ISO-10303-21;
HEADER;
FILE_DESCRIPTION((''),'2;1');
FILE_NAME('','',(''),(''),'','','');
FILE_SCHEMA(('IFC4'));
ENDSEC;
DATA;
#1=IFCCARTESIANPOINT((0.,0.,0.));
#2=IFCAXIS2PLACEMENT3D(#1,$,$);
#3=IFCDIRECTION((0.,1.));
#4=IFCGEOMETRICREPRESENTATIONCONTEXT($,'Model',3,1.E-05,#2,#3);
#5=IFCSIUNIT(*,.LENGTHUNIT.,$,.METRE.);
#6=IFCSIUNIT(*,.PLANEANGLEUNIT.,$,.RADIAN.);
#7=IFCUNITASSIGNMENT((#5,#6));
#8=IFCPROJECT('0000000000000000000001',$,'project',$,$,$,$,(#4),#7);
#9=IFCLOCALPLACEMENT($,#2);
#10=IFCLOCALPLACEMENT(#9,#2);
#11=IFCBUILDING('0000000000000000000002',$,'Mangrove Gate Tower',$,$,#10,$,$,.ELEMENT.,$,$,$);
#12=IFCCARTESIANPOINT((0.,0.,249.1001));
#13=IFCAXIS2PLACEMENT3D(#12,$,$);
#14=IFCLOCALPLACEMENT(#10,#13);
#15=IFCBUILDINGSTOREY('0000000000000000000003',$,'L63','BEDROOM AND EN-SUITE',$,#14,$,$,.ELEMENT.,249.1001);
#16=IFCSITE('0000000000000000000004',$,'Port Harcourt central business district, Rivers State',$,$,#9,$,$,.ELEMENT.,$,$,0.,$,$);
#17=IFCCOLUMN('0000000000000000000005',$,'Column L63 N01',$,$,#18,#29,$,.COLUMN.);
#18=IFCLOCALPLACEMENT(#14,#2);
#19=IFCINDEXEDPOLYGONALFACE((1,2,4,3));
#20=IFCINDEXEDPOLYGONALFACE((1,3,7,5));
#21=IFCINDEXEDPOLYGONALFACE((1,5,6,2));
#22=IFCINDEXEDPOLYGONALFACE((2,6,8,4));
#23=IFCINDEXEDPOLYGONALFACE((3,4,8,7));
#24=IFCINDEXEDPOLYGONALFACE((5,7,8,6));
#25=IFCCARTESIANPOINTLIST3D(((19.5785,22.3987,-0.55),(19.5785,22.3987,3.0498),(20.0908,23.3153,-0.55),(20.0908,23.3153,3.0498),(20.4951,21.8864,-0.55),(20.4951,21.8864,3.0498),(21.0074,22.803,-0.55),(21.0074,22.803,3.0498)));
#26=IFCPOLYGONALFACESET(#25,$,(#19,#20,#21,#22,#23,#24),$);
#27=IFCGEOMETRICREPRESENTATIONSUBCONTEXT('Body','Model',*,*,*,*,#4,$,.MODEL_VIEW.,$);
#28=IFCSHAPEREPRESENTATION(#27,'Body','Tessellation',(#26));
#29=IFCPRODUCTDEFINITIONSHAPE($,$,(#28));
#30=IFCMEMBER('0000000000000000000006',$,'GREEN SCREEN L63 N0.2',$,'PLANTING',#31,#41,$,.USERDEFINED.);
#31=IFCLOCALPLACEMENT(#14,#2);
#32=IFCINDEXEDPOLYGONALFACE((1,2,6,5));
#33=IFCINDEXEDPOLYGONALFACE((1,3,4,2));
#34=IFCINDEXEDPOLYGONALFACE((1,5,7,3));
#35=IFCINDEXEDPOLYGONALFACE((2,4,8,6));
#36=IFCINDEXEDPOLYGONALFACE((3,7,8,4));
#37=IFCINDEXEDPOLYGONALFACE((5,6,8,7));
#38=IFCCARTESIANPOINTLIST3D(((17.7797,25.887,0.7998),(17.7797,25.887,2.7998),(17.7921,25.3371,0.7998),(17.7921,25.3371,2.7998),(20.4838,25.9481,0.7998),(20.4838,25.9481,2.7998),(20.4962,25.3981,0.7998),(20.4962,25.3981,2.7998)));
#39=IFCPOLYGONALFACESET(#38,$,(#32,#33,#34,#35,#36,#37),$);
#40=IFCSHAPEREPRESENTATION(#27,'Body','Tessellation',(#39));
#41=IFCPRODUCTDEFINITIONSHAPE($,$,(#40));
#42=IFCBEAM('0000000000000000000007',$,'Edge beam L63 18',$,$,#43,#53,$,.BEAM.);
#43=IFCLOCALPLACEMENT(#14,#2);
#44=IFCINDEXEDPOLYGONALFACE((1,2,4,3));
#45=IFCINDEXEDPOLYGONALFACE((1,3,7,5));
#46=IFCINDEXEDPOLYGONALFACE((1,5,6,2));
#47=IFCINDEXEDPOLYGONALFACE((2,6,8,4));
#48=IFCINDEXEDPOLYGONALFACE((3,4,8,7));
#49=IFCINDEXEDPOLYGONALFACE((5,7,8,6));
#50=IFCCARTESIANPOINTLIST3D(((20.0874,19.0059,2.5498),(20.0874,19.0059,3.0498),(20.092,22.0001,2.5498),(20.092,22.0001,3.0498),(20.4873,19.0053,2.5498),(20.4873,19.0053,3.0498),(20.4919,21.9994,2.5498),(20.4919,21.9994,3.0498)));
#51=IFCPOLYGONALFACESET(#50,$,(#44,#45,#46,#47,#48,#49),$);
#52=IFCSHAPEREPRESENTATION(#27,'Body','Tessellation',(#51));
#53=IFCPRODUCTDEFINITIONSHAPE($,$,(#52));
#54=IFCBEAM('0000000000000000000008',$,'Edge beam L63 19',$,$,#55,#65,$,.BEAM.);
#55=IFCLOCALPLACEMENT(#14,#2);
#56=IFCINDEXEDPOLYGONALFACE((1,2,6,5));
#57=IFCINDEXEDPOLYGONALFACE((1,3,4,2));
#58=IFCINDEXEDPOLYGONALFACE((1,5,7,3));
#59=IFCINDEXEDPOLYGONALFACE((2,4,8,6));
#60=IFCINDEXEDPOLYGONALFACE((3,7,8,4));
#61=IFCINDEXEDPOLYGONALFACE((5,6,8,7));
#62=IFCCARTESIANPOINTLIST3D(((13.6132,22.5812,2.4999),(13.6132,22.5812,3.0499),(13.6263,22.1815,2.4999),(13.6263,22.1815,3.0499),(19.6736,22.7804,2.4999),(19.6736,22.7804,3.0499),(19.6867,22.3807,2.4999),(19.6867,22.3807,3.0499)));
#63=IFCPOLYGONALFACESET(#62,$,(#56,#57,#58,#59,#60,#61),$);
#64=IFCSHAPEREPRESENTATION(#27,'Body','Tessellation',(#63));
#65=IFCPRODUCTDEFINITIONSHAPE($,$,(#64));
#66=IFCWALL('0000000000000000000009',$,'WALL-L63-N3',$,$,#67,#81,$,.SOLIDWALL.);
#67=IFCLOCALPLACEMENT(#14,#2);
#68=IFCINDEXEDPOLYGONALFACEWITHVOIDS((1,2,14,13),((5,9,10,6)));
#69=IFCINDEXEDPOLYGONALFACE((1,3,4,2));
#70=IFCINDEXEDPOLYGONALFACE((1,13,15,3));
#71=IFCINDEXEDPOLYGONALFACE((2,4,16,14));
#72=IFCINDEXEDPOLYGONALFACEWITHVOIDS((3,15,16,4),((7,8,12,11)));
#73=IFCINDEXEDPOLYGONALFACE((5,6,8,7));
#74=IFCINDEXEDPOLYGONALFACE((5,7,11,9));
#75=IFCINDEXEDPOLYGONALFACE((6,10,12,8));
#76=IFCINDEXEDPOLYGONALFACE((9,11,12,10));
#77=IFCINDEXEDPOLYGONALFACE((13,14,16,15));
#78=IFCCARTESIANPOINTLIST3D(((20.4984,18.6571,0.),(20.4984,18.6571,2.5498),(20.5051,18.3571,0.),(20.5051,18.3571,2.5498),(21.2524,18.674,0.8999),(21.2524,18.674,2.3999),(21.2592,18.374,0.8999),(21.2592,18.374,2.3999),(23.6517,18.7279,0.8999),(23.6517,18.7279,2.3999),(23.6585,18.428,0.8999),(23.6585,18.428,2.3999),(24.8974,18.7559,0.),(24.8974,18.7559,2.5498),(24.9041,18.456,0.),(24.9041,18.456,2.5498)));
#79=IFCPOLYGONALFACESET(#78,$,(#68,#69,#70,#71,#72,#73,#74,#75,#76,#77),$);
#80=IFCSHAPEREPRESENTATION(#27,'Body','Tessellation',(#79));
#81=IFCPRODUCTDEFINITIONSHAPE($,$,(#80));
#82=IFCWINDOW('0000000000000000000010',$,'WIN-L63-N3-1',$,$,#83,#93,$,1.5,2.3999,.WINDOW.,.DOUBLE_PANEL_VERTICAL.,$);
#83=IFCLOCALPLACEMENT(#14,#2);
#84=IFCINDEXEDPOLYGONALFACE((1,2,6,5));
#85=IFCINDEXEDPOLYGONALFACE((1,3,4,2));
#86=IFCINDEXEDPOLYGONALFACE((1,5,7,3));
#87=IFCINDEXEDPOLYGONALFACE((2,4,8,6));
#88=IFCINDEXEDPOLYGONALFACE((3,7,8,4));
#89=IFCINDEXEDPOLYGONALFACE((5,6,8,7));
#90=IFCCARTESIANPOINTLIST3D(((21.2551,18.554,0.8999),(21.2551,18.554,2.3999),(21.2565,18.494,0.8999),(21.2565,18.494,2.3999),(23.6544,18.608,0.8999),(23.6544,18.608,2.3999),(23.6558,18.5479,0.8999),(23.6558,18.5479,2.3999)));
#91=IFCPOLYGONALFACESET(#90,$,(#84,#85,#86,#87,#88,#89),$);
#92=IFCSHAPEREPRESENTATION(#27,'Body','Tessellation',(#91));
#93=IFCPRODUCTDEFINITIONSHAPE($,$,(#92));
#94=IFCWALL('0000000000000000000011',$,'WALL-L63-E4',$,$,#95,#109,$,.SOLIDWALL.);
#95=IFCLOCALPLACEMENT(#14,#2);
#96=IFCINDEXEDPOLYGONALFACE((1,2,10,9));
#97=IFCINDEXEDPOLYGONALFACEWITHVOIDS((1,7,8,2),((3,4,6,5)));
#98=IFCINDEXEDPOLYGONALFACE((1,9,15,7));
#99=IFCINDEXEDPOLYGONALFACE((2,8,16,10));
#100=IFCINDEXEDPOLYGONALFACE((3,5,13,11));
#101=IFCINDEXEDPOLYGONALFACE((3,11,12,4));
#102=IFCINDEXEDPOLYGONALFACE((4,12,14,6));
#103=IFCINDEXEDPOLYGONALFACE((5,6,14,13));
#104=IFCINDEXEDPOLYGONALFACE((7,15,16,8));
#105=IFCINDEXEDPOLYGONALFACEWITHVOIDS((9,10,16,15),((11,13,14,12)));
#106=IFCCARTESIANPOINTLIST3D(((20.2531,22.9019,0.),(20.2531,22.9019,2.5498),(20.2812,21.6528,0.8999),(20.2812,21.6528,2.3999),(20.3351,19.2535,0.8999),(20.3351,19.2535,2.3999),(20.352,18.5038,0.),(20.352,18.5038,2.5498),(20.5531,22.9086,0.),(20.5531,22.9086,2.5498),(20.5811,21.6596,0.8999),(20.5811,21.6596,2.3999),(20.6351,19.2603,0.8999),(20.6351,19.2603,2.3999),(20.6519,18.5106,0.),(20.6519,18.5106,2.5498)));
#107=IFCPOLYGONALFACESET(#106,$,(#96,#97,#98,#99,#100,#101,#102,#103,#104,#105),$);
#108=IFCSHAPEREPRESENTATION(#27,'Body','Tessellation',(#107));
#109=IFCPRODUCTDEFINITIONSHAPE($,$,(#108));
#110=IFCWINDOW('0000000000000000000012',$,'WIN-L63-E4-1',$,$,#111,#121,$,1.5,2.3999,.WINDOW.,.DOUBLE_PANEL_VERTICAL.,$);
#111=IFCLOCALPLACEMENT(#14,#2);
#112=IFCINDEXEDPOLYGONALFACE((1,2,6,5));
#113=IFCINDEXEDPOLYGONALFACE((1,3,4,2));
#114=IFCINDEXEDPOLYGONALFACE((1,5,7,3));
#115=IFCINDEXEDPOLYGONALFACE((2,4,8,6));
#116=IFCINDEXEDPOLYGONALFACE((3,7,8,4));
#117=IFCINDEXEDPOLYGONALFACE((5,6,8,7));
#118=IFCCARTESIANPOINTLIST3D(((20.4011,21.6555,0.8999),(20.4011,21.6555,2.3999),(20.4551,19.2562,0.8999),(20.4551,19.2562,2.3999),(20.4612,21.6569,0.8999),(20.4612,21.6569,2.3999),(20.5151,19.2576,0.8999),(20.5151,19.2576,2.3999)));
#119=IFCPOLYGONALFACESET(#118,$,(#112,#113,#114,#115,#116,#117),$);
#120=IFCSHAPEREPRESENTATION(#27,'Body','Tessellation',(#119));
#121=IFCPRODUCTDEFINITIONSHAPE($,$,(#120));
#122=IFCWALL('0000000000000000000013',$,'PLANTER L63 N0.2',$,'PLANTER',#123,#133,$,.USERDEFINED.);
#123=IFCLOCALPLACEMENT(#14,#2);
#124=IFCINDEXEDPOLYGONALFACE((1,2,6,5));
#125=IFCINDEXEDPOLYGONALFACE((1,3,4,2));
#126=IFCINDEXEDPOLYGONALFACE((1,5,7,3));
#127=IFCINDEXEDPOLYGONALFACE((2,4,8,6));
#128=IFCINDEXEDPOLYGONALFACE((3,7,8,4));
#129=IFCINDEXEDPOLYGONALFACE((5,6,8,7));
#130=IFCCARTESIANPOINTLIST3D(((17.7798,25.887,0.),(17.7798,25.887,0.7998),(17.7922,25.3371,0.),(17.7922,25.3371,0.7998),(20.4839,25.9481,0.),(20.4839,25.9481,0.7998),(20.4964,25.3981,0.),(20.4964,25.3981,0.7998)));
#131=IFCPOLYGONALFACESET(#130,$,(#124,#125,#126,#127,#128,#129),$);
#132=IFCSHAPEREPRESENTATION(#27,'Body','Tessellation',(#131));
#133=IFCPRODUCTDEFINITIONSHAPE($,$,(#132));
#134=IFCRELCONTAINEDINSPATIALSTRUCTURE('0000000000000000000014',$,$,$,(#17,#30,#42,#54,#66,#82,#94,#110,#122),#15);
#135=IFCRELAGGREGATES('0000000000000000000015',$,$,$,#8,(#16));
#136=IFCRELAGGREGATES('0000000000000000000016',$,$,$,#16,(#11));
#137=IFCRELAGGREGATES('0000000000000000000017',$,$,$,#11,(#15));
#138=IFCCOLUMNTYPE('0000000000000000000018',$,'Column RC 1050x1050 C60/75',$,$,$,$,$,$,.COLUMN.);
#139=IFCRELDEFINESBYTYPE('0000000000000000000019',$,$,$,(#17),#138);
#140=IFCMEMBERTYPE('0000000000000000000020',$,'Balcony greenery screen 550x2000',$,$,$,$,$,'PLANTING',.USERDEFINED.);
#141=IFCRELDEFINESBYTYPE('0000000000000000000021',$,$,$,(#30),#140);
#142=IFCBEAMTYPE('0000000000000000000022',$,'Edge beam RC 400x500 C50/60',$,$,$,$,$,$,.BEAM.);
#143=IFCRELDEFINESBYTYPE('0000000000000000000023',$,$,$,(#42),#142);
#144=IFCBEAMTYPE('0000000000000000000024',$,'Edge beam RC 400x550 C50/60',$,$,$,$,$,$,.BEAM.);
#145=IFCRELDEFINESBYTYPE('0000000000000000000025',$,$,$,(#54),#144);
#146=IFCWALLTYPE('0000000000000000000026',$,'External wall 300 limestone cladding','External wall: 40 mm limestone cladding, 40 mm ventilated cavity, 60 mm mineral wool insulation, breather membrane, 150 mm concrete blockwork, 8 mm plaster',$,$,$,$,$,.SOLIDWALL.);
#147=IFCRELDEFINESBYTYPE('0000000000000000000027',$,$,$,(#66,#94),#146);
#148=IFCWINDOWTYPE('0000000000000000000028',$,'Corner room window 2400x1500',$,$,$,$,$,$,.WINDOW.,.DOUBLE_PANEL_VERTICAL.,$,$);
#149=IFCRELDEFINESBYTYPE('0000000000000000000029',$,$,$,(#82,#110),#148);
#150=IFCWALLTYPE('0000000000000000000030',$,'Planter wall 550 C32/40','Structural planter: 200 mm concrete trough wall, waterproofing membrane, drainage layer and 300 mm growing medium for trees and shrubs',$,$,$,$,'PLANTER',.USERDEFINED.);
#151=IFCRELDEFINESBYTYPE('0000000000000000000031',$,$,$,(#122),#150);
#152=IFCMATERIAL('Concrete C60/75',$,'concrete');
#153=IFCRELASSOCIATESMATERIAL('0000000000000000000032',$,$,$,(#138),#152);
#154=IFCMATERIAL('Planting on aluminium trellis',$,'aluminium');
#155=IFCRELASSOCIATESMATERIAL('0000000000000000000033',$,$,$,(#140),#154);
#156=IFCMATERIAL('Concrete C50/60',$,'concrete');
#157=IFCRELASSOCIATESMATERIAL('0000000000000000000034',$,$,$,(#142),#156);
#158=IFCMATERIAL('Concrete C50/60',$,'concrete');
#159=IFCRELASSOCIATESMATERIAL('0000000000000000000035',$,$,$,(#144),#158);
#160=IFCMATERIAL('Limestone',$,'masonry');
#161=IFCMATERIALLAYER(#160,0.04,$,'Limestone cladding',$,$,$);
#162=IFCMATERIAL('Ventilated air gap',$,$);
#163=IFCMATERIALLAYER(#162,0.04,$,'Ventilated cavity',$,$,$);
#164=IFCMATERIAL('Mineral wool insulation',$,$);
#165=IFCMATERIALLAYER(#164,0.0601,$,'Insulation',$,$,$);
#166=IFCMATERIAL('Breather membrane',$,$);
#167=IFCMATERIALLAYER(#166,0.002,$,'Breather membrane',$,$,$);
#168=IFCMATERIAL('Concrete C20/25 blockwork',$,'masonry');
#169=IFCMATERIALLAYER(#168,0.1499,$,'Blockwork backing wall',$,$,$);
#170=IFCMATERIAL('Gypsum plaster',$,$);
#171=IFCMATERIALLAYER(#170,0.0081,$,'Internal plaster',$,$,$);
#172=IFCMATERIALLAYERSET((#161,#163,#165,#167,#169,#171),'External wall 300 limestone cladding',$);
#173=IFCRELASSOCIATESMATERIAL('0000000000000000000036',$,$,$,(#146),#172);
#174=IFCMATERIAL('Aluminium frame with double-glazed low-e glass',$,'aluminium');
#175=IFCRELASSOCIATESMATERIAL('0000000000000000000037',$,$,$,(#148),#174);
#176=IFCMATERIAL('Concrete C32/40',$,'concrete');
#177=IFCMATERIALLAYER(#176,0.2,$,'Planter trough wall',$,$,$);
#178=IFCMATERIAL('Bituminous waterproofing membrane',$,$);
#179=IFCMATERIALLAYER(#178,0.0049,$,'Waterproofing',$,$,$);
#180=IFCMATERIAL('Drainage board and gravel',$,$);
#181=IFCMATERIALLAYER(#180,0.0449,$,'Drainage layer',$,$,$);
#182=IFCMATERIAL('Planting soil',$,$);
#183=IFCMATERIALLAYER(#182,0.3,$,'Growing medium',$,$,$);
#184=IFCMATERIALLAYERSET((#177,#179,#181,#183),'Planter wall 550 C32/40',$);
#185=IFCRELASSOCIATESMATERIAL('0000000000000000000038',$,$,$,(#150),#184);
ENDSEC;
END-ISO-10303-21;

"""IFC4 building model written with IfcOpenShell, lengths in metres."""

from ifc_helpers import new_model, si_unit, direction, frame, frame_2d, origin, origin_2d, place, context, subcontext, project, spatial, rectangle, extrude, material, layer, layer_set, material_profile, profile_set, type_object, element, fill, save


model = new_model("IFC4")

# Units and contexts
model_context = context("Model", 3, precision=1e-05, world=origin(), true_north=direction((0.0, 1.0)))
body_context = subcontext(model_context, "Body", "Model", "MODEL_VIEW")
ifc_project = project(units=[si_unit("LENGTHUNIT", "METRE"), si_unit("PLANEANGLEUNIT", "RADIAN")], contexts=[model_context])

# Site, building, storey
site_placement = place(None, origin())
site = spatial("IfcSite", under=ifc_project, at=site_placement, Name="Port Harcourt central business district, Rivers State", CompositionType="ELEMENT", RefElevation=0.0)
building_placement = place(site_placement, origin())
building = spatial("IfcBuilding", under=site, at=building_placement, Name="Mangrove Gate Tower", CompositionType="ELEMENT")
storey_placement = place(building_placement, frame((0.0, 0.0, 249.1001)))
storey = spatial("IfcBuildingStorey", under=building, at=storey_placement, Name="L63", Description="BEDROOM AND EN-SUITE", CompositionType="ELEMENT", Elevation=249.1001)

# Column
ifc_material_1 = material(Name="Concrete C60/75", Category="concrete")
ifc_material_profile_1 = material_profile(ifc_material_1, rectangle(XDim=1.05, YDim=1.05, at=origin_2d()))
ifc_profile_set_1 = profile_set([ifc_material_profile_1], Name="Concrete C60/75")
column_type = type_object("IfcColumnType", Name="Column RC 1050x1050 C60/75", PredefinedType="COLUMN", material=ifc_profile_set_1)
column_placement = place(storey_placement, frame((20.293, 22.6008, -0.55), z_axis=(0.0, 0.0, 1.0), x_axis=(-0.872897, 0.487904, 0.0)))
element("IfcColumn", 1, at=column_placement, inside=storey, type_object=column_type, Name="Column L63 N01", PredefinedType="COLUMN", context=body_context, shape_type="SweptSolid", body=[
    extrude(rectangle(XDim=1.05, YDim=1.05, at=origin_2d()), origin(), (0.0, 0.0, 1.0), 3.5999),
])

# Member
ifc_material_2 = material(Name="Planting on aluminium trellis", Category="aluminium")
ifc_material_profile_2 = material_profile(ifc_material_2, rectangle(XDim=0.55, YDim=2.0, at=origin_2d()))
ifc_profile_set_2 = profile_set([ifc_material_profile_2], Name="Planting on aluminium trellis")
member_type = type_object("IfcMemberType", Name="Balcony greenery screen 550x2000", ElementType="PLANTING", PredefinedType="USERDEFINED", material=ifc_profile_set_2)
member_placement = place(storey_placement, frame((17.7859, 25.6121, 1.7998), z_axis=(0.999745, 0.022566, 0.0), x_axis=(-0.022566, 0.999745, 0.0)))
element("IfcMember", 2, at=member_placement, inside=storey, type_object=member_type, Name="GREEN SCREEN L63 N0.2", ObjectType="PLANTING", PredefinedType="USERDEFINED", context=body_context, shape_type="SweptSolid", body=[
    extrude(rectangle(XDim=0.55, YDim=2.0, at=origin_2d()), origin(), (0.0, 0.0, 1.0), 2.7048),
])

# Beams
ifc_material_3 = material(Name="Concrete C50/60", Category="concrete")
ifc_material_profile_3 = material_profile(ifc_material_3, rectangle(XDim=0.3999, YDim=0.5, at=origin_2d()))
ifc_profile_set_3 = profile_set([ifc_material_profile_3], Name="Concrete C50/60")
beam_type_1 = type_object("IfcBeamType", Name="Edge beam RC 400x500 C50/60", PredefinedType="BEAM", material=ifc_profile_set_3)
beam_1_placement = place(storey_placement, frame((20.2874, 19.0056, 2.7998), z_axis=(0.001549, 0.999999, 0.0), x_axis=(-0.999999, 0.001549, 0.0)))
element("IfcBeam", 3, at=beam_1_placement, inside=storey, type_object=beam_type_1, Name="Edge beam L63 18", PredefinedType="BEAM", context=body_context, shape_type="SweptSolid", body=[
    extrude(rectangle(XDim=0.3999, YDim=0.5, at=origin_2d()), origin(), (0.0, 0.0, 1.0), 2.9941),
])
ifc_material_4 = material(Name="Concrete C50/60", Category="concrete")
ifc_material_profile_4 = material_profile(ifc_material_4, rectangle(XDim=0.3999, YDim=0.55, at=origin_2d()))
ifc_profile_set_4 = profile_set([ifc_material_profile_4], Name="Concrete C50/60")
beam_type_2 = type_object("IfcBeamType", Name="Edge beam RC 400x550 C50/60", PredefinedType="BEAM", material=ifc_profile_set_4)
beam_2_placement = place(storey_placement, frame((19.6802, 22.5806, 2.7749), z_axis=(-0.99946, -0.032854, 0.0), x_axis=(0.032854, -0.99946, 0.0)))
element("IfcBeam", 4, at=beam_2_placement, inside=storey, type_object=beam_type_2, Name="Edge beam L63 19", PredefinedType="BEAM", context=body_context, shape_type="SweptSolid", body=[
    extrude(rectangle(XDim=0.3999, YDim=0.55, at=origin_2d()), origin(), (0.0, 0.0, 1.0), 6.0637),
])

# Walls, openings, windows
ifc_material_5 = material(Name="Limestone", Category="masonry")
ifc_layer_1 = layer(ifc_material_5, 0.04, Name="Limestone cladding")
ifc_material_6 = material(Name="Ventilated air gap")
ifc_layer_2 = layer(ifc_material_6, 0.04, Name="Ventilated cavity")
ifc_material_7 = material(Name="Mineral wool insulation")
ifc_layer_3 = layer(ifc_material_7, 0.0601, Name="Insulation")
ifc_material_8 = material(Name="Breather membrane")
ifc_layer_4 = layer(ifc_material_8, 0.002, Name="Breather membrane")
ifc_material_9 = material(Name="Concrete C20/25 blockwork", Category="masonry")
ifc_layer_5 = layer(ifc_material_9, 0.1499, Name="Blockwork backing wall")
ifc_material_10 = material(Name="Gypsum plaster")
ifc_layer_6 = layer(ifc_material_10, 0.0081, Name="Internal plaster")
ifc_layer_set_1 = layer_set([ifc_layer_1, ifc_layer_2, ifc_layer_3, ifc_layer_4, ifc_layer_5, ifc_layer_6], Name="External wall 300 limestone cladding")
wall_type_1 = type_object("IfcWallType", Name="External wall 300 limestone cladding", Description="External wall: 40 mm limestone cladding, 40 mm ventilated cavity, 60 mm mineral wool insulation, breather membrane, 150 mm concrete blockwork, 8 mm plaster", PredefinedType="SOLIDWALL", material=ifc_layer_set_1)
wall_1_placement = place(storey_placement, frame((24.9009, 18.606, 0.0), z_axis=(0.0, 0.0, 1.0), x_axis=(-0.999747, -0.022472, 0.0)))
wall_1 = element("IfcWall", 5, at=wall_1_placement, inside=storey, type_object=wall_type_1, Name="WALL-L63-N3", PredefinedType="SOLIDWALL", context=body_context, shape_type="SweptSolid", body=[
    extrude(rectangle(XDim=4.4001, YDim=0.3, at=frame_2d((2.2002, 0.0))), origin(), (0.0, 0.0, 1.0), 2.5498),
])
opening_1_placement = place(wall_1_placement, frame((1.2461, 0.0, 0.8999)))
opening_1 = element("IfcOpeningElement", 6, at=opening_1_placement, cuts=wall_1, PredefinedType="OPENING", context=body_context, shape_type="SweptSolid", body=[
    extrude(rectangle(XDim=2.3999, YDim=1.5, at=frame_2d((1.2, 0.75))), frame((0.0, 0.1599, 0.0), z_axis=(0.0, -1.0, 0.0), x_axis=(1.0, 0.0, 0.0)), (0.0, 0.0, 1.0), 0.3201),
])
ifc_material_11 = material(Name="Aluminium frame with double-glazed low-e glass", Category="aluminium")
window_type_1 = type_object("IfcWindowType", Name="Corner room window 2400x1500", PartitioningType="DOUBLE_PANEL_VERTICAL", PredefinedType="WINDOW", material=ifc_material_11)
window_1_placement = place(opening_1_placement, origin())
window_1 = element("IfcWindow", 7, at=window_1_placement, inside=storey, type_object=window_type_1, Name="WIN-L63-N3-1", OverallHeight=1.5, OverallWidth=2.3999, PartitioningType="DOUBLE_PANEL_VERTICAL", PredefinedType="WINDOW", context=body_context, shape_type="SweptSolid", body=[
    extrude(rectangle(XDim=2.3999, YDim=1.5, at=frame_2d((1.2, 0.75))), frame((0.0, 0.03, 0.0), z_axis=(0.0, -1.0, 0.0), x_axis=(1.0, 0.0, 0.0)), (0.0, 0.0, 1.0), 0.0601),
])
fill(opening_1, window_1)
wall_2_placement = place(storey_placement, frame((20.502, 18.5071, 0.0), z_axis=(0.0, 0.0, 1.0), x_axis=(-0.022477, 0.999747, 0.0)))
wall_2 = element("IfcWall", 8, at=wall_2_placement, inside=storey, type_object=wall_type_1, Name="WALL-L63-E4", PredefinedType="SOLIDWALL", context=body_context, shape_type="SweptSolid", body=[
    extrude(rectangle(XDim=4.3992, YDim=0.3, at=frame_2d((2.1997, 0.0))), origin(), (0.0, 0.0, 1.0), 2.5498),
])
opening_2_placement = place(wall_2_placement, frame((0.75, 0.0, 0.8999)))
opening_2 = element("IfcOpeningElement", 9, at=opening_2_placement, cuts=wall_2, PredefinedType="OPENING", context=body_context, shape_type="SweptSolid", body=[
    extrude(rectangle(XDim=2.3999, YDim=1.5, at=frame_2d((1.2, 0.75))), frame((0.0, 0.1599, 0.0), z_axis=(0.0, -1.0, 0.0), x_axis=(1.0, 0.0, 0.0)), (0.0, 0.0, 1.0), 0.3201),
])
window_2_placement = place(opening_2_placement, origin())
window_2 = element("IfcWindow", 10, at=window_2_placement, inside=storey, type_object=window_type_1, Name="WIN-L63-E4-1", OverallHeight=1.5, OverallWidth=2.3999, PartitioningType="DOUBLE_PANEL_VERTICAL", PredefinedType="WINDOW", context=body_context, shape_type="SweptSolid", body=[
    extrude(rectangle(XDim=2.3999, YDim=1.5, at=frame_2d((1.2, 0.75))), frame((0.0, 0.03, 0.0), z_axis=(0.0, -1.0, 0.0), x_axis=(1.0, 0.0, 0.0)), (0.0, 0.0, 1.0), 0.0601),
])
fill(opening_2, window_2)

# Wall
ifc_material_12 = material(Name="Concrete C32/40", Category="concrete")
ifc_layer_7 = layer(ifc_material_12, 0.2, Name="Planter trough wall")
ifc_material_13 = material(Name="Bituminous waterproofing membrane")
ifc_layer_8 = layer(ifc_material_13, 0.0049, Name="Waterproofing")
ifc_material_14 = material(Name="Drainage board and gravel")
ifc_layer_9 = layer(ifc_material_14, 0.0449, Name="Drainage layer")
ifc_material_15 = material(Name="Planting soil")
ifc_layer_10 = layer(ifc_material_15, 0.3, Name="Growing medium")
ifc_layer_set_2 = layer_set([ifc_layer_7, ifc_layer_8, ifc_layer_9, ifc_layer_10], Name="Planter wall 550 C32/40")
wall_type_2 = type_object("IfcWallType", Name="Planter wall 550 C32/40", Description="Structural planter: 200 mm concrete trough wall, waterproofing membrane, drainage layer and 300 mm growing medium for trees and shrubs", ElementType="PLANTER", PredefinedType="USERDEFINED", material=ifc_layer_set_2)
wall_3_placement = place(storey_placement, frame((17.7859, 25.6121, 0.0), z_axis=(0.0, 0.0, 1.0), x_axis=(0.999745, 0.022566, 0.0)))
element("IfcWall", 11, at=wall_3_placement, inside=storey, type_object=wall_type_2, Name="PLANTER L63 N0.2", ObjectType="PLANTER", PredefinedType="USERDEFINED", context=body_context, shape_type="SweptSolid", body=[
    extrude(rectangle(XDim=2.7048, YDim=0.55, at=frame_2d((1.3525, 0.0))), origin(), (0.0, 0.0, 1.0), 0.7998),
])

save(model, "model.ifc")
